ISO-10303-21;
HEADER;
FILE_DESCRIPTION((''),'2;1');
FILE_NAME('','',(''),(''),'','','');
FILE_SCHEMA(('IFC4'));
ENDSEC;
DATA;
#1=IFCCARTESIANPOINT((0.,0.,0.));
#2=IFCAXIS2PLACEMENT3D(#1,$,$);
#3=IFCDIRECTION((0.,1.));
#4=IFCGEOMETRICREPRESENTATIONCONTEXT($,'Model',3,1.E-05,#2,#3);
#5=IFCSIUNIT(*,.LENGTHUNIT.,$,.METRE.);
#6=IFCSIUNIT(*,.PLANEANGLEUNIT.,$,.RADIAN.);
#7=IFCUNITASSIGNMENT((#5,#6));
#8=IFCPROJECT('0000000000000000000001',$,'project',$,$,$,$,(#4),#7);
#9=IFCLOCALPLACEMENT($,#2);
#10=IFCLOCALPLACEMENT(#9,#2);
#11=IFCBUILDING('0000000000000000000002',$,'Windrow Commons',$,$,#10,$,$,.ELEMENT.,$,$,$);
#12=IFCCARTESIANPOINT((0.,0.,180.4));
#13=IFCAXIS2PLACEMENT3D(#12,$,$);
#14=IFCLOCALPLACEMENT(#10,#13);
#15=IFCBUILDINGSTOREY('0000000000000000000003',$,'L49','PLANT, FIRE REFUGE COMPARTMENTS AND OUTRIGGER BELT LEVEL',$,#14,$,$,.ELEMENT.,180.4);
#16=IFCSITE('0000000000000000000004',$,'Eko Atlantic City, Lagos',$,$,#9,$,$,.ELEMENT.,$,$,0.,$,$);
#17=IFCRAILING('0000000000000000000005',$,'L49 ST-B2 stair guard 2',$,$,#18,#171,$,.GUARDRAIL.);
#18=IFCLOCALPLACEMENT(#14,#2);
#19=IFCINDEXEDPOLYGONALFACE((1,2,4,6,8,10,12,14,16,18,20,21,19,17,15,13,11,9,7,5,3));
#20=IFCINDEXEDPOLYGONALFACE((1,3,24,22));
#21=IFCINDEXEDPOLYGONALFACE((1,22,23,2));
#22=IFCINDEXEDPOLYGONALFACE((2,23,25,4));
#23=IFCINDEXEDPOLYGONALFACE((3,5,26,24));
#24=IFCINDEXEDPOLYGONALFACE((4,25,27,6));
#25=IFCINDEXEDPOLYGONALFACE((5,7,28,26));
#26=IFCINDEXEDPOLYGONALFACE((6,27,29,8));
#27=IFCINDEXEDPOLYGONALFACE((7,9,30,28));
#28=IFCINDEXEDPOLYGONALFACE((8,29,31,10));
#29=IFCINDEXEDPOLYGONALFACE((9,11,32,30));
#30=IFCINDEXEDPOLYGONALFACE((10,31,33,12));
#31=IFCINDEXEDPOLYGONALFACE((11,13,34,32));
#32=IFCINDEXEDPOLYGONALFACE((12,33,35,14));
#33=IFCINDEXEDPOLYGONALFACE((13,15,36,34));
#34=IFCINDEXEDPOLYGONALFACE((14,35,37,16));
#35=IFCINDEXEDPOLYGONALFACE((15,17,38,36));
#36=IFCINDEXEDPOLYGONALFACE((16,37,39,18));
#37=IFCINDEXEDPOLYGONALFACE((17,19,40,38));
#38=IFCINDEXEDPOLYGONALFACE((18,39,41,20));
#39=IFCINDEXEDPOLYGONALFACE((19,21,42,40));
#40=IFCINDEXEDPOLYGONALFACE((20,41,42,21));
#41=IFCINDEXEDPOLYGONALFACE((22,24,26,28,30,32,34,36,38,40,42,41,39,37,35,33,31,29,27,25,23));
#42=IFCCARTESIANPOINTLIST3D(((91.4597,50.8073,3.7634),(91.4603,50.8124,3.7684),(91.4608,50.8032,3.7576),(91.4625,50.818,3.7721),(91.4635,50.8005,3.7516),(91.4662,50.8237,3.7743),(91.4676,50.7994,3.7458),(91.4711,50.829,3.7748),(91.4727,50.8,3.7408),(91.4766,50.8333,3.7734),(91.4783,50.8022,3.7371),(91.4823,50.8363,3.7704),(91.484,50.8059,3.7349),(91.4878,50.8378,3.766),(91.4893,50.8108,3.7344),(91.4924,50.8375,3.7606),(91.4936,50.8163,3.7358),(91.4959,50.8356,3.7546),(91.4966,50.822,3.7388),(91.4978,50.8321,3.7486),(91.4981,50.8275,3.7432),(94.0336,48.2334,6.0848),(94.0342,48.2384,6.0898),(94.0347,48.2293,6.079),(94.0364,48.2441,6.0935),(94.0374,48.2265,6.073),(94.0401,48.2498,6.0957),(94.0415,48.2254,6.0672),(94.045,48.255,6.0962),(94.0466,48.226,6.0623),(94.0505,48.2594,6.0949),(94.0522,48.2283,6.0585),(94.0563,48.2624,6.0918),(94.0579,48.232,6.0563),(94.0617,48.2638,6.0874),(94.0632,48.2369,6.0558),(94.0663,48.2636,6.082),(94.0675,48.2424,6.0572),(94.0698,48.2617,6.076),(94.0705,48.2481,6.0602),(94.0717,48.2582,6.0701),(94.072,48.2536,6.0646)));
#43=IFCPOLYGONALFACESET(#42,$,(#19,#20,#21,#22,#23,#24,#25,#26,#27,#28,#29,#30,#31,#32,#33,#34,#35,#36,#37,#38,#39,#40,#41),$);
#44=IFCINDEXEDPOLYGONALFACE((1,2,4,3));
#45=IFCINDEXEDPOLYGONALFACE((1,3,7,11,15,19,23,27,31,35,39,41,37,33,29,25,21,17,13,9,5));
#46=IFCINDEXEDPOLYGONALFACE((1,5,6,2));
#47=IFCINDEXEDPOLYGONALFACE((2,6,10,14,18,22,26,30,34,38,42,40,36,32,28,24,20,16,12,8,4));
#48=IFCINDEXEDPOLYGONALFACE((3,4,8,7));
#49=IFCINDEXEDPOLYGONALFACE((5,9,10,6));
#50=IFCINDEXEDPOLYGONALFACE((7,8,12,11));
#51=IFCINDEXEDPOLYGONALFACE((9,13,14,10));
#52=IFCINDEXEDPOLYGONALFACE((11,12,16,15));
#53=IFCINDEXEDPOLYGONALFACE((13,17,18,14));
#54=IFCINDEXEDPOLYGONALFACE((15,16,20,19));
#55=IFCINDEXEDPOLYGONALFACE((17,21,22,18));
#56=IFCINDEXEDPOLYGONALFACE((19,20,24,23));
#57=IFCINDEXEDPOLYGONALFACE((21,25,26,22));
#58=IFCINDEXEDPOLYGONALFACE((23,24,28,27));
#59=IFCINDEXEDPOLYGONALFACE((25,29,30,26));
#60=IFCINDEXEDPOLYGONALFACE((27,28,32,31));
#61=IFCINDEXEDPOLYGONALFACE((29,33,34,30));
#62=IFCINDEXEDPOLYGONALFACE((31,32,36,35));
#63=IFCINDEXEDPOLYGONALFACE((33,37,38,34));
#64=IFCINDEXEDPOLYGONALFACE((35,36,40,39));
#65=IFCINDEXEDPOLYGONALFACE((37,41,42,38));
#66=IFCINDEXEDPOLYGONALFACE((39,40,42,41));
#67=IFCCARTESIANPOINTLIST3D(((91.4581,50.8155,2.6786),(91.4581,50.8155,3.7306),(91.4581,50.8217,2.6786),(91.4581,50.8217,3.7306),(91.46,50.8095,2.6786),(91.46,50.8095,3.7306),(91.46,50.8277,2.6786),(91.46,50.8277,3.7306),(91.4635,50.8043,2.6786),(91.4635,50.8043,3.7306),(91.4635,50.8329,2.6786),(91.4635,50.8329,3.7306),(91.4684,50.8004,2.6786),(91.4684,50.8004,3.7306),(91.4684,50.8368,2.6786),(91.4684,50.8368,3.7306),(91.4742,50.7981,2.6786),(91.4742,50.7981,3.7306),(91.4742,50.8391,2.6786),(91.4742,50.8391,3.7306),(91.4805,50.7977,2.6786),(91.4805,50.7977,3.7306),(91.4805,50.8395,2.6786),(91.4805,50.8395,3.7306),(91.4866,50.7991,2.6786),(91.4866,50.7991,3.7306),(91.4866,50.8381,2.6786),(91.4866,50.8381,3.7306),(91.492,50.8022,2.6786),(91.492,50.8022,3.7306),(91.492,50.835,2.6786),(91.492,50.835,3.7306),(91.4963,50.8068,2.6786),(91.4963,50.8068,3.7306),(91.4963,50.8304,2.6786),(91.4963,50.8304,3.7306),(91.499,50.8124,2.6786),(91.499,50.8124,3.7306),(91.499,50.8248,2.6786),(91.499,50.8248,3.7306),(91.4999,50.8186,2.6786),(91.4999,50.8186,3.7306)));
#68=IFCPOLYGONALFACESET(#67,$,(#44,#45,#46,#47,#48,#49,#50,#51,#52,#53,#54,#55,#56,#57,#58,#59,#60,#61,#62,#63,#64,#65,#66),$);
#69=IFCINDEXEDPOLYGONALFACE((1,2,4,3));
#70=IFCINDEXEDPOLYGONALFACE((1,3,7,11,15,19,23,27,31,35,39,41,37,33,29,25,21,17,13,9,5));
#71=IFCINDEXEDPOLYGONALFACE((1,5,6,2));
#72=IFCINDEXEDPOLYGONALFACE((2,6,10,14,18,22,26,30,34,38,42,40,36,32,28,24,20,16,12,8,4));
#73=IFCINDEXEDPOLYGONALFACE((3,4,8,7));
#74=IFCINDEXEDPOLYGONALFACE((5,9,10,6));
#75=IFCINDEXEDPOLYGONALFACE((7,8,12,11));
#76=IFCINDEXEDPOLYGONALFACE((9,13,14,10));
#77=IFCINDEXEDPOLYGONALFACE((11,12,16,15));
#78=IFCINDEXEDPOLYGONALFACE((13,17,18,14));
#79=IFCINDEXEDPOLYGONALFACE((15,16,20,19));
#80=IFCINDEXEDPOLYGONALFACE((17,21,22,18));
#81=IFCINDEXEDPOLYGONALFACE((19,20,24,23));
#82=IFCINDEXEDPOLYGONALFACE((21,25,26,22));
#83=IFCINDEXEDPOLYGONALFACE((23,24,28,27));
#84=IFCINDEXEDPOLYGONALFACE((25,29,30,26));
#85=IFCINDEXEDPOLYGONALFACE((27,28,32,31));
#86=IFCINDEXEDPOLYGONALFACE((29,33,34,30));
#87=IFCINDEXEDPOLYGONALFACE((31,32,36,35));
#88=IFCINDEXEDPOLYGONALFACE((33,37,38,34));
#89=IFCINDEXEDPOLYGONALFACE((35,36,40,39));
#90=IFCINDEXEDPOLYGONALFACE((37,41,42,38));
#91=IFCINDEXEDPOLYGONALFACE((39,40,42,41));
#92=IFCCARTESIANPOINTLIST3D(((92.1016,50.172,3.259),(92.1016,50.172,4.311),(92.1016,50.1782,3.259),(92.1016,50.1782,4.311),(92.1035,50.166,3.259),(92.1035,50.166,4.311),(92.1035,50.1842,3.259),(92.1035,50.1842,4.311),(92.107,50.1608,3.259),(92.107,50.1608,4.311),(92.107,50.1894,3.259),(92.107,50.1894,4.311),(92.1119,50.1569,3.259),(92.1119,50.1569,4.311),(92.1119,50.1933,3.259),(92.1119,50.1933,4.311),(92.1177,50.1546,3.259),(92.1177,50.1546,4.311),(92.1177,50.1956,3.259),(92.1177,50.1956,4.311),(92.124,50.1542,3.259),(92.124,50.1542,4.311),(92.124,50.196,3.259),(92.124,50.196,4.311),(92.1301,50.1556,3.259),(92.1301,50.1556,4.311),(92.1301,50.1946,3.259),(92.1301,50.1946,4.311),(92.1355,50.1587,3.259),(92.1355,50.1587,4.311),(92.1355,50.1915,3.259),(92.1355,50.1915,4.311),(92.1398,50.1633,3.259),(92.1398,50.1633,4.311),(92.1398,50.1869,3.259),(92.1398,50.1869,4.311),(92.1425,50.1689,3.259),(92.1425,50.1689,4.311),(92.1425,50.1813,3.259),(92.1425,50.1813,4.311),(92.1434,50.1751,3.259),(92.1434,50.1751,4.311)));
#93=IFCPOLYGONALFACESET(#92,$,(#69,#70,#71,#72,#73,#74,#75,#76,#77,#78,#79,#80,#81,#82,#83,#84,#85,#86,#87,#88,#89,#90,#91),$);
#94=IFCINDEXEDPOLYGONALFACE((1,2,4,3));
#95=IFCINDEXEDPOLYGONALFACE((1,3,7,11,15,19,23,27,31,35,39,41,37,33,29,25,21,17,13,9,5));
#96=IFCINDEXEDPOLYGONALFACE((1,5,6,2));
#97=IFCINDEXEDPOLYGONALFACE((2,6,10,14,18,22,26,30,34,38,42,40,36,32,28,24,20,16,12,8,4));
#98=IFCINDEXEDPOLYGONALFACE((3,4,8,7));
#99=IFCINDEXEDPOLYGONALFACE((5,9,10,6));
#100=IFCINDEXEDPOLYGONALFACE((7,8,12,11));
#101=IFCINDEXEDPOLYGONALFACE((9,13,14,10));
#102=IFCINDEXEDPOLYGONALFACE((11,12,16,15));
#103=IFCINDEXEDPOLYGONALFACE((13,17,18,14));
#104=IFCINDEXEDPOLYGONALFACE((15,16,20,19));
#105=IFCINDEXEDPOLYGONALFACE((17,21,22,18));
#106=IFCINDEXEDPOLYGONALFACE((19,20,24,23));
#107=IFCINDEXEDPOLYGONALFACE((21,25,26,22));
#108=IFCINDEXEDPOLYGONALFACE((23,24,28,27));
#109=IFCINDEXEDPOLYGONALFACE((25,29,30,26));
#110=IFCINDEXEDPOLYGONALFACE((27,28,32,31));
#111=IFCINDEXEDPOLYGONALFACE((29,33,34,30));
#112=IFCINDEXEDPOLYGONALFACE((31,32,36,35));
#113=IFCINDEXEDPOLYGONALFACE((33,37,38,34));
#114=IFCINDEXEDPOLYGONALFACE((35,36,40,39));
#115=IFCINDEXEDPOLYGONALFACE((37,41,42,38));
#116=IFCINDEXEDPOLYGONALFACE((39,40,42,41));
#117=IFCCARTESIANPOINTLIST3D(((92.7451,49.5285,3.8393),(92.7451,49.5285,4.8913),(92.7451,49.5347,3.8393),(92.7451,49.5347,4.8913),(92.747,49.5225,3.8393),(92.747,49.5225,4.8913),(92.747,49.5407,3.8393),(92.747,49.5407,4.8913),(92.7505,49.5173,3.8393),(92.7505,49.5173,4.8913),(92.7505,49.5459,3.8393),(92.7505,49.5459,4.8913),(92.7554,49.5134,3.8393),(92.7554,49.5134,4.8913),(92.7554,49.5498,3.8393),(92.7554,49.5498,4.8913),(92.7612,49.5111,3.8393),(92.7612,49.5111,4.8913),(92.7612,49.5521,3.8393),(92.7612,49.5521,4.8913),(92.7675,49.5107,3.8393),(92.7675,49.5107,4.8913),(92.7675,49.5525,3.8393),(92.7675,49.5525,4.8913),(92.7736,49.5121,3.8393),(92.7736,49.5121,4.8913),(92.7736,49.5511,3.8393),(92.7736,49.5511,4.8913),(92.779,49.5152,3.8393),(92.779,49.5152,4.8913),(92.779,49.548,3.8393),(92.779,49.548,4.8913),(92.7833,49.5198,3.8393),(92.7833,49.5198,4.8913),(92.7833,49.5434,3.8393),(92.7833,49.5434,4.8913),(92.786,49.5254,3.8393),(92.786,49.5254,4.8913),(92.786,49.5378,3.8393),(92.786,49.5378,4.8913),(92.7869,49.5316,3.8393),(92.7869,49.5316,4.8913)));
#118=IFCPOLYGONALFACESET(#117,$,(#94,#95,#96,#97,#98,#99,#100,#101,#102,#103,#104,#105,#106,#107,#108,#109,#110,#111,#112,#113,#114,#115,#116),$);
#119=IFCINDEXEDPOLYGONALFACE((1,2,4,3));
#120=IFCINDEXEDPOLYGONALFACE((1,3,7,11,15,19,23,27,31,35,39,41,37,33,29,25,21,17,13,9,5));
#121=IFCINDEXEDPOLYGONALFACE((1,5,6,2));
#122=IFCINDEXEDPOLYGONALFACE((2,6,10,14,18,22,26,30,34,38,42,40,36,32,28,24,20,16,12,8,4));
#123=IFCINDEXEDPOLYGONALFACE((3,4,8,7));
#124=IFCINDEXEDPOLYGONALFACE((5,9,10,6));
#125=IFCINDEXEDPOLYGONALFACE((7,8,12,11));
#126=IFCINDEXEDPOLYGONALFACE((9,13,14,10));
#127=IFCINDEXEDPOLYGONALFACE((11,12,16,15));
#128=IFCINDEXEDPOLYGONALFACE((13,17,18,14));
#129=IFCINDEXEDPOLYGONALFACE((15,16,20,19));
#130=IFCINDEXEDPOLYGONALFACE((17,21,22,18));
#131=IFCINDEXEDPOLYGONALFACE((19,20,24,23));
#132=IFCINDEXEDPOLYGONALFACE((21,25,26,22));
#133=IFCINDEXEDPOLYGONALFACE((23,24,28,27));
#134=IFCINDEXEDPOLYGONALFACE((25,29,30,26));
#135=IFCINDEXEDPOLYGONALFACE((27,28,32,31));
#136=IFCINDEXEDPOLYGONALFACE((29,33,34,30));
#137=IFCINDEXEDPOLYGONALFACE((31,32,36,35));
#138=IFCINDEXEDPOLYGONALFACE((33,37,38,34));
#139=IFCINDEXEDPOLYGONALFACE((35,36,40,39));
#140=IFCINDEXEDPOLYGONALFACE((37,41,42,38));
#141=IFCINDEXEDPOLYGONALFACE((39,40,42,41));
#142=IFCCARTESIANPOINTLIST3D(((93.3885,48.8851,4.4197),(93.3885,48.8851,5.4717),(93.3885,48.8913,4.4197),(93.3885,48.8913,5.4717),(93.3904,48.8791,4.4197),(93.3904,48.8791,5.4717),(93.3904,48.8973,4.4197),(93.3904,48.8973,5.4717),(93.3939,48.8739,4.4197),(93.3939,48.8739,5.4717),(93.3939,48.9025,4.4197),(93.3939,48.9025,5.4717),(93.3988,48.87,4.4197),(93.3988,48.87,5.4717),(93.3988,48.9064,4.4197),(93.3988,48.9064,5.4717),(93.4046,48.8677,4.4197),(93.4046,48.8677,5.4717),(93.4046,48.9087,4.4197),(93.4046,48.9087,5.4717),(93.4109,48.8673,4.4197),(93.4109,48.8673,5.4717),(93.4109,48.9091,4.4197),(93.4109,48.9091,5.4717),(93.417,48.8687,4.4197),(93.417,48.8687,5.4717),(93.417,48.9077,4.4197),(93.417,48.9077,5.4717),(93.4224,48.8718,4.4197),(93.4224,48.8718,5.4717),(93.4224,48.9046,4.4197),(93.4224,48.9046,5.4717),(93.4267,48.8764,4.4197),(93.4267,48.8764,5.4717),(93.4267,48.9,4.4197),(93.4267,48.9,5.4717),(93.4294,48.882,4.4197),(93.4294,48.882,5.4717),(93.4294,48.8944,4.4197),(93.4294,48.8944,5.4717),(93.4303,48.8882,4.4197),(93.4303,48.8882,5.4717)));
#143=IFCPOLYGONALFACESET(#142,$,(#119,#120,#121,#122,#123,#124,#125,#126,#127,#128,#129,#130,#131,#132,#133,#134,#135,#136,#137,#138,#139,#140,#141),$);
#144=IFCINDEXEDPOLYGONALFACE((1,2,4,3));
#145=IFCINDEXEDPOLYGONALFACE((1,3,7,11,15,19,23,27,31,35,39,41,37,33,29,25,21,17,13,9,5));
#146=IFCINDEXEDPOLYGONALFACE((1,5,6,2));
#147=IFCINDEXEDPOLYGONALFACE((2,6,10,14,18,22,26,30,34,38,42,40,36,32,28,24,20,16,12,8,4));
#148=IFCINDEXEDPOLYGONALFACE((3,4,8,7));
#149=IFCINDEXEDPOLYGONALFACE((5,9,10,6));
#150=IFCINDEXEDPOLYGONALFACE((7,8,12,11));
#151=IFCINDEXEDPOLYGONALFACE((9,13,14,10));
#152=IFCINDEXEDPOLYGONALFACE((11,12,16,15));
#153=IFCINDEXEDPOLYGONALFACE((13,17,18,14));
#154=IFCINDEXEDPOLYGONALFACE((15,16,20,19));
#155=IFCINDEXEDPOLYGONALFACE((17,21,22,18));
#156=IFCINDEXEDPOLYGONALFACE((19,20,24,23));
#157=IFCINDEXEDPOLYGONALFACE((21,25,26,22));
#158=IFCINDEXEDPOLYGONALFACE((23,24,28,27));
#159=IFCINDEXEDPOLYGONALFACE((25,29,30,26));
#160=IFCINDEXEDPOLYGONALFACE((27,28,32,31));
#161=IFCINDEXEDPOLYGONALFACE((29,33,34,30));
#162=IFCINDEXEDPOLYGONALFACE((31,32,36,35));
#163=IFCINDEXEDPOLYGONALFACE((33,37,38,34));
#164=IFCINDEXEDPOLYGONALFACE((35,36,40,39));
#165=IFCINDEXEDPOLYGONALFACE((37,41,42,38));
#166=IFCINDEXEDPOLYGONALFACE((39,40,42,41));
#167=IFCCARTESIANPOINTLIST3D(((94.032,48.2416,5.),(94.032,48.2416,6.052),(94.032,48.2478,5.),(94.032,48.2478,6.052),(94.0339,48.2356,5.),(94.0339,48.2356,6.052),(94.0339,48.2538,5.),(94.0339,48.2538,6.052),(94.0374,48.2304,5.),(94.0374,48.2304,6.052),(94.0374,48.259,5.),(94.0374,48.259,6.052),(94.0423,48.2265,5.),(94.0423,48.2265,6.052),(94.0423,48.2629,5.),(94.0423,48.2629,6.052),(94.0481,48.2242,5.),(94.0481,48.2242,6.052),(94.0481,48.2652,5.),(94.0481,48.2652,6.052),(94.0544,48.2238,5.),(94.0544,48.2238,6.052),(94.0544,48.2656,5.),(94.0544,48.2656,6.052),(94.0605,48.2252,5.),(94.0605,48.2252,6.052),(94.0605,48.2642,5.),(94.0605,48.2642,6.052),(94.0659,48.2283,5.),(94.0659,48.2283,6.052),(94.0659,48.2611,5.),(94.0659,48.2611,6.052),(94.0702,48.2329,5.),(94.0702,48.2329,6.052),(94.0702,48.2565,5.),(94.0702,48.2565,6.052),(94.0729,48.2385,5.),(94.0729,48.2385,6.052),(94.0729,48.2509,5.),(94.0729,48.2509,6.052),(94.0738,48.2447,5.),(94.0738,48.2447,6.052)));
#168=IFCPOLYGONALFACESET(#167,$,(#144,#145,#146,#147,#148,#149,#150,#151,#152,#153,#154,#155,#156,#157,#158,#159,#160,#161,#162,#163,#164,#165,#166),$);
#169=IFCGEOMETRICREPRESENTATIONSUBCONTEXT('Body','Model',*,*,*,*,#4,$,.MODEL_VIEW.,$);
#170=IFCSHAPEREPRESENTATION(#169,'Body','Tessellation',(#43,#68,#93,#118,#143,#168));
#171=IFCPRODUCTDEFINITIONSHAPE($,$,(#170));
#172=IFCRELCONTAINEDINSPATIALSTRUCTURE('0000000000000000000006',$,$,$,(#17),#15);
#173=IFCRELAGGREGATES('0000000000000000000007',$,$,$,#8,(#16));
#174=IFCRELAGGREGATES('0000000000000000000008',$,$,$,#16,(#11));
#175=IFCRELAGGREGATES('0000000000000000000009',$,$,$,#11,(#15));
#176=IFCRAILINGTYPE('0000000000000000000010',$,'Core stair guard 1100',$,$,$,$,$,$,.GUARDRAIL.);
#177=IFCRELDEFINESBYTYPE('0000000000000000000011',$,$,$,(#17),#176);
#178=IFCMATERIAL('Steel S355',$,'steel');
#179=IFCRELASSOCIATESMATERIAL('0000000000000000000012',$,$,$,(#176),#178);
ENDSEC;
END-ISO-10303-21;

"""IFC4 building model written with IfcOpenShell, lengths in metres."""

from ifc_helpers import new_model, si_unit, direction, frame, origin, origin_2d, place, context, subcontext, project, spatial, circle, extrude, material, type_object, element, save


model = new_model("IFC4")

# Units and contexts
model_context = context("Model", 3, precision=1e-05, world=origin(), true_north=direction((0.0, 1.0)))
body_context = subcontext(model_context, "Body", "Model", "MODEL_VIEW")
ifc_project = project(units=[si_unit("LENGTHUNIT", "METRE"), si_unit("PLANEANGLEUNIT", "RADIAN")], contexts=[model_context])

# Site, building, storey
site_placement = place(None, origin())
site = spatial("IfcSite", under=ifc_project, at=site_placement, Name="Eko Atlantic City, Lagos", CompositionType="ELEMENT", RefElevation=0.0)
building_placement = place(site_placement, origin())
building = spatial("IfcBuilding", under=site, at=building_placement, Name="Windrow Commons", CompositionType="ELEMENT")
storey_placement = place(building_placement, frame((0.0, 0.0, 180.4)))
storey = spatial("IfcBuildingStorey", under=building, at=storey_placement, Name="L49", Description="PLANT, FIRE REFUGE COMPARTMENTS AND OUTRIGGER BELT LEVEL", CompositionType="ELEMENT", Elevation=180.4)

# Railing
ifc_material_1 = material(Name="Steel S355", Category="steel")
railing_type_1 = type_object("IfcRailingType", Name="Core stair guard 1100", PredefinedType="GUARDRAIL", material=ifc_material_1)
railing_1_placement = place(storey_placement, frame((91.4789, 50.8186, 2.6786)))
element("IfcRailing", 1, at=railing_1_placement, inside=storey, type_object=railing_type_1, Name="L49 ST-B2 stair guard 2", PredefinedType="GUARDRAIL", context=body_context, shape_type="SweptSolid", body=[
    extrude(circle(Radius=0.024, at=origin_2d()), frame((0.0, 0.0, 1.076), z_axis=(0.596187, -0.596187, 0.537701), x_axis=(0.707107, 0.707107, 0.0)), (0.0, 0.0, 1.0), 4.3173),
    extrude(circle(Radius=0.021, at=origin_2d()), origin(), (0.0, 0.0, 1.0), 1.052),
    extrude(circle(Radius=0.021, at=origin_2d()), frame((0.6435, -0.6435, 0.5804)), (0.0, 0.0, 1.0), 1.052),
    extrude(circle(Radius=0.021, at=origin_2d()), frame((1.287, -1.287, 1.1607)), (0.0, 0.0, 1.0), 1.052),
    extrude(circle(Radius=0.021, at=origin_2d()), frame((1.9304, -1.9304, 1.7411)), (0.0, 0.0, 1.0), 1.052),
    extrude(circle(Radius=0.021, at=origin_2d()), frame((2.5739, -2.5739, 2.3214)), (0.0, 0.0, 1.0), 1.052),
])

save(model, "model.ifc")
